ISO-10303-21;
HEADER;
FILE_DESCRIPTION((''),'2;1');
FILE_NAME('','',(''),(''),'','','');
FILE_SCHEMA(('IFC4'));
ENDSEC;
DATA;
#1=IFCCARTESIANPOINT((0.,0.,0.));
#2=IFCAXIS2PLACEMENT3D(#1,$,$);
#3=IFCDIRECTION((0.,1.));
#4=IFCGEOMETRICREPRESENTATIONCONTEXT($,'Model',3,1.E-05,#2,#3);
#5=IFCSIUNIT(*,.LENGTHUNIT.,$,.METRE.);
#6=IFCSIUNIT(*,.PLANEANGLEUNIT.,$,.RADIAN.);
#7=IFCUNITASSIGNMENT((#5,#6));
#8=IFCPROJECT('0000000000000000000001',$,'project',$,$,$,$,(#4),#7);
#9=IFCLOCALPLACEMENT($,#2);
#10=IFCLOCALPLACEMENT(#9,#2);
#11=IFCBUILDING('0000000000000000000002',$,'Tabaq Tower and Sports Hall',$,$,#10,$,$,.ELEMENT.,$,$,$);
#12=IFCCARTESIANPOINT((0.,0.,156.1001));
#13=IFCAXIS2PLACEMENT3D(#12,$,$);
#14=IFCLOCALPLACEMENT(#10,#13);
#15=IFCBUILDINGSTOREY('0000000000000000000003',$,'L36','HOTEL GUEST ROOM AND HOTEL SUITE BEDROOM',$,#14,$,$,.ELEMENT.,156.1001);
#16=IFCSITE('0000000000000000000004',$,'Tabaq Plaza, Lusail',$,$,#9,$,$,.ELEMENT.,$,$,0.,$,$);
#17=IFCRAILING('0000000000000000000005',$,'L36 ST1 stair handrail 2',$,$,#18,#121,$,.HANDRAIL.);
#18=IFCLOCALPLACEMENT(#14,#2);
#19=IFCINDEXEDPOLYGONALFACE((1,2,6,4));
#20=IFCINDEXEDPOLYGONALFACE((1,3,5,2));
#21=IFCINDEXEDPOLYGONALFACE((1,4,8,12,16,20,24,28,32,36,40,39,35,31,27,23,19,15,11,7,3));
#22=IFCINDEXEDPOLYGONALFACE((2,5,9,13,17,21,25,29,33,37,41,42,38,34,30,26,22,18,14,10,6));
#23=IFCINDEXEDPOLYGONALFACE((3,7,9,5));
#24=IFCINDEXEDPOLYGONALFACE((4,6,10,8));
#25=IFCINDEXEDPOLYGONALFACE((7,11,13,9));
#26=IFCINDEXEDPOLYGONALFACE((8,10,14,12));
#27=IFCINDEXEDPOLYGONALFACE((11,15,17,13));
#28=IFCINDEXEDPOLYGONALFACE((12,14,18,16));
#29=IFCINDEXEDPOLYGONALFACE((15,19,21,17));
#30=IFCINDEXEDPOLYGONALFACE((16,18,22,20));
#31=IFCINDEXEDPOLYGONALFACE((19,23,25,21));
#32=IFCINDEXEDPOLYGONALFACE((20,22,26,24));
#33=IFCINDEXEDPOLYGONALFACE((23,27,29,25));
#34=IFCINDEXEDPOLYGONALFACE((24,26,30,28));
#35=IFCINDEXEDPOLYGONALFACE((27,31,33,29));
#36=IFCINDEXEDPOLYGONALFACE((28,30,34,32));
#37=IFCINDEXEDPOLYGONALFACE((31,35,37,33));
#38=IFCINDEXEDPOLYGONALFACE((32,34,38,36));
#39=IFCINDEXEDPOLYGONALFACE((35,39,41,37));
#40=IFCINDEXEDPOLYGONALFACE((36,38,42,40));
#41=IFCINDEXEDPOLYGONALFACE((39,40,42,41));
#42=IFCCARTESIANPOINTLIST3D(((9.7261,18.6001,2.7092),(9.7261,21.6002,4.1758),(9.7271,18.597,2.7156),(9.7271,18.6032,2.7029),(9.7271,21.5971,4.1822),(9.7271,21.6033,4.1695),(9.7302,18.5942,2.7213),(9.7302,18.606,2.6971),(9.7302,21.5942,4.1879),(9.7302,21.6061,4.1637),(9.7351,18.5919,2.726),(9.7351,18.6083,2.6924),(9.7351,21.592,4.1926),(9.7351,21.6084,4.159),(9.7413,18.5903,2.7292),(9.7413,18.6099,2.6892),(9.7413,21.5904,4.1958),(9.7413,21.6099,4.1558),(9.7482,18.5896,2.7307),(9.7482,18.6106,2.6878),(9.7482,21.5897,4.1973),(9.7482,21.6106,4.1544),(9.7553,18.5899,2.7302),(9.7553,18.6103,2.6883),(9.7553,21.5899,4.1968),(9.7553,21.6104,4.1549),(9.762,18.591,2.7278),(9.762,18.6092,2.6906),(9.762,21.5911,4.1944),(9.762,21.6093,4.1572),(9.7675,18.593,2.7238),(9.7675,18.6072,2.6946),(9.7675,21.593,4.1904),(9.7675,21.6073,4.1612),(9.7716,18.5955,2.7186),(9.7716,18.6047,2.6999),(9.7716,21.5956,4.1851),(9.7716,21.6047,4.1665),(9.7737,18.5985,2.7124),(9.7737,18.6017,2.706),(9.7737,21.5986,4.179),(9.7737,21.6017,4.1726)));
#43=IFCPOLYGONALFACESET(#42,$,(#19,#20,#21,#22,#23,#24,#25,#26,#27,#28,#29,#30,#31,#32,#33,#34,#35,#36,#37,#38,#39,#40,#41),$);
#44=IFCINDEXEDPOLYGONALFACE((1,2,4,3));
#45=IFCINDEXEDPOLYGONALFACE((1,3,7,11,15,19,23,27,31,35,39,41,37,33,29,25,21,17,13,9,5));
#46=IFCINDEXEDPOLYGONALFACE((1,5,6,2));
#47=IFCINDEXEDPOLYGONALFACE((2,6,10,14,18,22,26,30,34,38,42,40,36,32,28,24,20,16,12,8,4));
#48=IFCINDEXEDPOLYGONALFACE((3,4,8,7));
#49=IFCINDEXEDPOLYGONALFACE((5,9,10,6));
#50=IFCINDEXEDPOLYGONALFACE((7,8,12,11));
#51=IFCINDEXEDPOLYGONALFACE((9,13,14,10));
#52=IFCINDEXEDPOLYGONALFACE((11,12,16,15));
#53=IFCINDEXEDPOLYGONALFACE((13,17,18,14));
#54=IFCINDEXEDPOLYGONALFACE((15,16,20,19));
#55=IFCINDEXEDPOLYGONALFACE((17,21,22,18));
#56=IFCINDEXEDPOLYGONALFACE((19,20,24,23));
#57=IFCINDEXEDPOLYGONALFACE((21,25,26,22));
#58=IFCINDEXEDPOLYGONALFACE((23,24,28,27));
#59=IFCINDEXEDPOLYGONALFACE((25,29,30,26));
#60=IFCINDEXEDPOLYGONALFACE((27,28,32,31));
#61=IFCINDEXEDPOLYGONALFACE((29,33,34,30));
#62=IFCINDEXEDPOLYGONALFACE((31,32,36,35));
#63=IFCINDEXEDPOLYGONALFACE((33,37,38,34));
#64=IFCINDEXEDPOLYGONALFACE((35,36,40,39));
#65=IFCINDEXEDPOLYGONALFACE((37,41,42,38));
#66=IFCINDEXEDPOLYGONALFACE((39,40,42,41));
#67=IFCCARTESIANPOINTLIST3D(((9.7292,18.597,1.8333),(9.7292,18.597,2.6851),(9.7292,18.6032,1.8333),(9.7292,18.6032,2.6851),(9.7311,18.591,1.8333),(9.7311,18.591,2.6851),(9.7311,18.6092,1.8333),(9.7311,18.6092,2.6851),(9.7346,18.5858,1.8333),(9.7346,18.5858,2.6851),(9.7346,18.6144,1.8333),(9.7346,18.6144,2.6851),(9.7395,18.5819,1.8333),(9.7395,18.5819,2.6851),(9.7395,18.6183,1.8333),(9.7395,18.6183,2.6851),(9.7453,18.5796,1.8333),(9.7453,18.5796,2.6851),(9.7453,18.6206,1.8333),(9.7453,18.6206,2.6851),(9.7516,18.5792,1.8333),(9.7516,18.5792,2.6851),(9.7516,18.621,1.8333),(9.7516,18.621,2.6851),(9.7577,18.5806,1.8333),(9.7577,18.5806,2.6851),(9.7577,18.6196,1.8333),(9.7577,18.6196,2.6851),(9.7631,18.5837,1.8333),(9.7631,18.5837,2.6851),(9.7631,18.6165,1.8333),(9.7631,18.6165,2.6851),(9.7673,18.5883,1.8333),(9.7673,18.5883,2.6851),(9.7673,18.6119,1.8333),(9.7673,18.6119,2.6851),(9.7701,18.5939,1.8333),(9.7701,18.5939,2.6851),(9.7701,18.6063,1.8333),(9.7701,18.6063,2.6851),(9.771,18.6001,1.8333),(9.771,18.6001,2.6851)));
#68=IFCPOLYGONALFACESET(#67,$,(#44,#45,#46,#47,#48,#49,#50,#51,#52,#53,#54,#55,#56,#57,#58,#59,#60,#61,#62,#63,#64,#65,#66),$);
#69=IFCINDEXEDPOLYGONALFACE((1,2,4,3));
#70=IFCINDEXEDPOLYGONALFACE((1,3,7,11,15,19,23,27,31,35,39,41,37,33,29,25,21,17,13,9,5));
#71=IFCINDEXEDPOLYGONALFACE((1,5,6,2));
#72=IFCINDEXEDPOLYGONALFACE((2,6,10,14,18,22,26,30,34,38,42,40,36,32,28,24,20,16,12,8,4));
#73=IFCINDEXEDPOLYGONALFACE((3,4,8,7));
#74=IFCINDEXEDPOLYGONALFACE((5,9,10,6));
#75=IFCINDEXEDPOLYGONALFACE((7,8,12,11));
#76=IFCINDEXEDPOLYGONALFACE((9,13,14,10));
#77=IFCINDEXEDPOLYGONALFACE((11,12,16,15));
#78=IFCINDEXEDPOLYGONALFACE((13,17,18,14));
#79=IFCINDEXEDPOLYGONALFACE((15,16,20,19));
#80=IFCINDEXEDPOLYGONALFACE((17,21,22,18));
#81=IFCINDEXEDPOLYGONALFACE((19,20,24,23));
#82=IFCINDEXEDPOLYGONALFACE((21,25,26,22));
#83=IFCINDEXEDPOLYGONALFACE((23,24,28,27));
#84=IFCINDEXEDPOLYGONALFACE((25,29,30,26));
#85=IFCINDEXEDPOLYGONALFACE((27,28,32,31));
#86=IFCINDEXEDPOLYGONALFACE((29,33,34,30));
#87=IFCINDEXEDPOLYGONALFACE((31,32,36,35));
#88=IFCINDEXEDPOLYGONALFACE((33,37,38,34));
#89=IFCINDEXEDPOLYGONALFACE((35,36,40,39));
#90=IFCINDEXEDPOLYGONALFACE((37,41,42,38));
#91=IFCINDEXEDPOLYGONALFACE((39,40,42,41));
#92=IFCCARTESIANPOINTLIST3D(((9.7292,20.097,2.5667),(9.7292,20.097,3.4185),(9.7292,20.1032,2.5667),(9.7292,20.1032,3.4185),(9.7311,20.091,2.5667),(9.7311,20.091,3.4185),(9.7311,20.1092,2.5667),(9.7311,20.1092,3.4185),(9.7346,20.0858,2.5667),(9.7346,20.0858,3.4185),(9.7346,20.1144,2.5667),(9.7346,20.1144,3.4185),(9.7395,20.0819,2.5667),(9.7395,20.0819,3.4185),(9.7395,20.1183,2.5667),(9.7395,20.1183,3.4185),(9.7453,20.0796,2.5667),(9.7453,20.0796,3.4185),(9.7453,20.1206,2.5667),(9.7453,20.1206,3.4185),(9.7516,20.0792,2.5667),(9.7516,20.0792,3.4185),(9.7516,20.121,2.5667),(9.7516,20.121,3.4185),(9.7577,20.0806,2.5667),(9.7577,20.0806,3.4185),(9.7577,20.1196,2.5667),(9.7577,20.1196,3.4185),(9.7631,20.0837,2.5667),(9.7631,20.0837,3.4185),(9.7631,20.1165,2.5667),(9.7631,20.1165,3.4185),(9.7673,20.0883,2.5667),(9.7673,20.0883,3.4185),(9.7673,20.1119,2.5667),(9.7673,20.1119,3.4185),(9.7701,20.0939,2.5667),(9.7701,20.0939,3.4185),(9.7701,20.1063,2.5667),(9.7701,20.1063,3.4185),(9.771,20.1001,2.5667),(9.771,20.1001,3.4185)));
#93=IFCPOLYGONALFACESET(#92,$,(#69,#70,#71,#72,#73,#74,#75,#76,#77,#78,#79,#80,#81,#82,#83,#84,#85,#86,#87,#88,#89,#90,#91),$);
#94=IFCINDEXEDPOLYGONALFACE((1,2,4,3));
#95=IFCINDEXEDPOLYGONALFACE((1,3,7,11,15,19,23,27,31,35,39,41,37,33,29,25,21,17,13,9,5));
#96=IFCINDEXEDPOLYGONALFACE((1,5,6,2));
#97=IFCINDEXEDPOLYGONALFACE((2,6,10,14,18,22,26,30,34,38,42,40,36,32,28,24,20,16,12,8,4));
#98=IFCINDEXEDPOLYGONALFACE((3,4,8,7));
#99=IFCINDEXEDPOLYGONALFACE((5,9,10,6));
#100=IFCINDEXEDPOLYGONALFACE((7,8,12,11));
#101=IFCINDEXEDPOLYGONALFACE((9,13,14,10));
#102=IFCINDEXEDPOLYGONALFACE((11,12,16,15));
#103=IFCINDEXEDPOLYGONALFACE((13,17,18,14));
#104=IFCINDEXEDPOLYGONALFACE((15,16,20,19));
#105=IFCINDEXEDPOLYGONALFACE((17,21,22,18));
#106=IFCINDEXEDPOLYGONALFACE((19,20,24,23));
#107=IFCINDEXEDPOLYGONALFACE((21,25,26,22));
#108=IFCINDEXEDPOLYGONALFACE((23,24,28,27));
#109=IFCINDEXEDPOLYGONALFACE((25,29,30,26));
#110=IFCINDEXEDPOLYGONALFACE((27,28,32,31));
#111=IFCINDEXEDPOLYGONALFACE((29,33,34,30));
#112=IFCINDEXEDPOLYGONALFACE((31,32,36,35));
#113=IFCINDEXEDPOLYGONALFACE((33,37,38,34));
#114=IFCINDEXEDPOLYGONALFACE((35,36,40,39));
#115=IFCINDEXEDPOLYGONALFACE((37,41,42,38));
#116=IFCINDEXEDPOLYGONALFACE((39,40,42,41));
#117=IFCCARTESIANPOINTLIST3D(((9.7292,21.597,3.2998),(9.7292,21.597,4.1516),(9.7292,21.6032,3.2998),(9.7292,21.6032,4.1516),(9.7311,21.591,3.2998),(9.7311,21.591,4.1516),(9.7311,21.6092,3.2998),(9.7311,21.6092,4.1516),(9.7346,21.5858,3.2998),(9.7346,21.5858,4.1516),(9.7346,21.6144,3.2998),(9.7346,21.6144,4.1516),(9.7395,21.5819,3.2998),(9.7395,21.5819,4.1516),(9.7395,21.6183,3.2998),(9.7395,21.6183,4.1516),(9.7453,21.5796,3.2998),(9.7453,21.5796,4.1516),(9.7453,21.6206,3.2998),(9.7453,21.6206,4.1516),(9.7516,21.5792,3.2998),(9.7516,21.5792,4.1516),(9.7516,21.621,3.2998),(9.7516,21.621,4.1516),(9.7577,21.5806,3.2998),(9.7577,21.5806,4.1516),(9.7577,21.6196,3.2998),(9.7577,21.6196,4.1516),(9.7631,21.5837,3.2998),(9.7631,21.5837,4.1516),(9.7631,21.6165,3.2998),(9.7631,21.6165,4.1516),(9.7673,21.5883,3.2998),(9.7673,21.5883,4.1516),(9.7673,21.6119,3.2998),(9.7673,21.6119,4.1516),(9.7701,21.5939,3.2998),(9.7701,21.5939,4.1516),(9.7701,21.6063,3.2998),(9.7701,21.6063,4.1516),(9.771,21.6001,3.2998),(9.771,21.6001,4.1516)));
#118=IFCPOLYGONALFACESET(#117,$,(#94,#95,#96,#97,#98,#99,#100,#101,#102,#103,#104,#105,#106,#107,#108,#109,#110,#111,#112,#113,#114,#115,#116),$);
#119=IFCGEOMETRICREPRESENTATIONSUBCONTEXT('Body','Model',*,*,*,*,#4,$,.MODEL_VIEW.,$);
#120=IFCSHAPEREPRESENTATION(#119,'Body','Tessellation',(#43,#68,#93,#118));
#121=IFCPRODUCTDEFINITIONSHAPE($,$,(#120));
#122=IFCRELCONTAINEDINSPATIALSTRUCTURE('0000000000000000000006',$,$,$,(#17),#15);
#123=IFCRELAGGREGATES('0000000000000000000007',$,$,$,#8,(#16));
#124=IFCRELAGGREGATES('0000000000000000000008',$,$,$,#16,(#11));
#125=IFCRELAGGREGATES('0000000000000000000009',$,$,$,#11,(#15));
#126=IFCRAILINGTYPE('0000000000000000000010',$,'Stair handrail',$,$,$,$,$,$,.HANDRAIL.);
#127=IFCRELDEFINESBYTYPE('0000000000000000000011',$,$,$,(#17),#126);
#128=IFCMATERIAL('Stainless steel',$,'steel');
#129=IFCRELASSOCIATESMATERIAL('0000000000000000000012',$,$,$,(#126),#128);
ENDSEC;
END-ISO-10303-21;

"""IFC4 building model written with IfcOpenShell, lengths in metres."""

from ifc_helpers import new_model, si_unit, direction, frame, origin, origin_2d, place, context, subcontext, project, spatial, circle, extrude, material, type_object, element, save


model = new_model("IFC4")

# Units and contexts
model_context = context("Model", 3, precision=1e-05, world=origin(), true_north=direction((0.0, 1.0)))
body_context = subcontext(model_context, "Body", "Model", "MODEL_VIEW")
ifc_project = project(units=[si_unit("LENGTHUNIT", "METRE"), si_unit("PLANEANGLEUNIT", "RADIAN")], contexts=[model_context])

# Site, building, storey
site_placement = place(None, origin())
site = spatial("IfcSite", under=ifc_project, at=site_placement, Name="Tabaq Plaza, Lusail", CompositionType="ELEMENT", RefElevation=0.0)
building_placement = place(site_placement, origin())
building = spatial("IfcBuilding", under=site, at=building_placement, Name="Tabaq Tower and Sports Hall", CompositionType="ELEMENT")
storey_placement = place(building_placement, frame((0.0, 0.0, 156.1001)))
storey = spatial("IfcBuildingStorey", under=building, at=storey_placement, Name="L36", Description="HOTEL GUEST ROOM AND HOTEL SUITE BEDROOM", CompositionType="ELEMENT", Elevation=156.1001)

# Railing
ifc_material_1 = material(Name="Stainless steel", Category="steel")
railing_type = type_object("IfcRailingType", Name="Stair handrail", PredefinedType="HANDRAIL", material=ifc_material_1)
railing_1_placement = place(storey_placement, frame((9.75, 18.6001, 1.8333)))
element("IfcRailing", 1, at=railing_1_placement, inside=storey, type_object=railing_type, Name="L36 ST1 stair handrail 2", PredefinedType="HANDRAIL", context=body_context, shape_type="SweptSolid", body=[
    extrude(circle(Radius=0.0239, at=origin_2d()), frame((0.0, 0.0, 0.876), z_axis=(0.0, 0.898398, 0.439183), x_axis=(-1.0, 0.0, 0.0)), (0.0, 0.0, 1.0), 3.3394),
    extrude(circle(Radius=0.021, at=origin_2d()), origin(), (0.0, 0.0, 1.0), 0.8518),
    extrude(circle(Radius=0.021, at=origin_2d()), frame((0.0, 1.5, 0.7334)), (0.0, 0.0, 1.0), 0.8518),
    extrude(circle(Radius=0.021, at=origin_2d()), frame((0.0, 3.0, 1.4666)), (0.0, 0.0, 1.0), 0.8518),
])

save(model, "model.ifc")
